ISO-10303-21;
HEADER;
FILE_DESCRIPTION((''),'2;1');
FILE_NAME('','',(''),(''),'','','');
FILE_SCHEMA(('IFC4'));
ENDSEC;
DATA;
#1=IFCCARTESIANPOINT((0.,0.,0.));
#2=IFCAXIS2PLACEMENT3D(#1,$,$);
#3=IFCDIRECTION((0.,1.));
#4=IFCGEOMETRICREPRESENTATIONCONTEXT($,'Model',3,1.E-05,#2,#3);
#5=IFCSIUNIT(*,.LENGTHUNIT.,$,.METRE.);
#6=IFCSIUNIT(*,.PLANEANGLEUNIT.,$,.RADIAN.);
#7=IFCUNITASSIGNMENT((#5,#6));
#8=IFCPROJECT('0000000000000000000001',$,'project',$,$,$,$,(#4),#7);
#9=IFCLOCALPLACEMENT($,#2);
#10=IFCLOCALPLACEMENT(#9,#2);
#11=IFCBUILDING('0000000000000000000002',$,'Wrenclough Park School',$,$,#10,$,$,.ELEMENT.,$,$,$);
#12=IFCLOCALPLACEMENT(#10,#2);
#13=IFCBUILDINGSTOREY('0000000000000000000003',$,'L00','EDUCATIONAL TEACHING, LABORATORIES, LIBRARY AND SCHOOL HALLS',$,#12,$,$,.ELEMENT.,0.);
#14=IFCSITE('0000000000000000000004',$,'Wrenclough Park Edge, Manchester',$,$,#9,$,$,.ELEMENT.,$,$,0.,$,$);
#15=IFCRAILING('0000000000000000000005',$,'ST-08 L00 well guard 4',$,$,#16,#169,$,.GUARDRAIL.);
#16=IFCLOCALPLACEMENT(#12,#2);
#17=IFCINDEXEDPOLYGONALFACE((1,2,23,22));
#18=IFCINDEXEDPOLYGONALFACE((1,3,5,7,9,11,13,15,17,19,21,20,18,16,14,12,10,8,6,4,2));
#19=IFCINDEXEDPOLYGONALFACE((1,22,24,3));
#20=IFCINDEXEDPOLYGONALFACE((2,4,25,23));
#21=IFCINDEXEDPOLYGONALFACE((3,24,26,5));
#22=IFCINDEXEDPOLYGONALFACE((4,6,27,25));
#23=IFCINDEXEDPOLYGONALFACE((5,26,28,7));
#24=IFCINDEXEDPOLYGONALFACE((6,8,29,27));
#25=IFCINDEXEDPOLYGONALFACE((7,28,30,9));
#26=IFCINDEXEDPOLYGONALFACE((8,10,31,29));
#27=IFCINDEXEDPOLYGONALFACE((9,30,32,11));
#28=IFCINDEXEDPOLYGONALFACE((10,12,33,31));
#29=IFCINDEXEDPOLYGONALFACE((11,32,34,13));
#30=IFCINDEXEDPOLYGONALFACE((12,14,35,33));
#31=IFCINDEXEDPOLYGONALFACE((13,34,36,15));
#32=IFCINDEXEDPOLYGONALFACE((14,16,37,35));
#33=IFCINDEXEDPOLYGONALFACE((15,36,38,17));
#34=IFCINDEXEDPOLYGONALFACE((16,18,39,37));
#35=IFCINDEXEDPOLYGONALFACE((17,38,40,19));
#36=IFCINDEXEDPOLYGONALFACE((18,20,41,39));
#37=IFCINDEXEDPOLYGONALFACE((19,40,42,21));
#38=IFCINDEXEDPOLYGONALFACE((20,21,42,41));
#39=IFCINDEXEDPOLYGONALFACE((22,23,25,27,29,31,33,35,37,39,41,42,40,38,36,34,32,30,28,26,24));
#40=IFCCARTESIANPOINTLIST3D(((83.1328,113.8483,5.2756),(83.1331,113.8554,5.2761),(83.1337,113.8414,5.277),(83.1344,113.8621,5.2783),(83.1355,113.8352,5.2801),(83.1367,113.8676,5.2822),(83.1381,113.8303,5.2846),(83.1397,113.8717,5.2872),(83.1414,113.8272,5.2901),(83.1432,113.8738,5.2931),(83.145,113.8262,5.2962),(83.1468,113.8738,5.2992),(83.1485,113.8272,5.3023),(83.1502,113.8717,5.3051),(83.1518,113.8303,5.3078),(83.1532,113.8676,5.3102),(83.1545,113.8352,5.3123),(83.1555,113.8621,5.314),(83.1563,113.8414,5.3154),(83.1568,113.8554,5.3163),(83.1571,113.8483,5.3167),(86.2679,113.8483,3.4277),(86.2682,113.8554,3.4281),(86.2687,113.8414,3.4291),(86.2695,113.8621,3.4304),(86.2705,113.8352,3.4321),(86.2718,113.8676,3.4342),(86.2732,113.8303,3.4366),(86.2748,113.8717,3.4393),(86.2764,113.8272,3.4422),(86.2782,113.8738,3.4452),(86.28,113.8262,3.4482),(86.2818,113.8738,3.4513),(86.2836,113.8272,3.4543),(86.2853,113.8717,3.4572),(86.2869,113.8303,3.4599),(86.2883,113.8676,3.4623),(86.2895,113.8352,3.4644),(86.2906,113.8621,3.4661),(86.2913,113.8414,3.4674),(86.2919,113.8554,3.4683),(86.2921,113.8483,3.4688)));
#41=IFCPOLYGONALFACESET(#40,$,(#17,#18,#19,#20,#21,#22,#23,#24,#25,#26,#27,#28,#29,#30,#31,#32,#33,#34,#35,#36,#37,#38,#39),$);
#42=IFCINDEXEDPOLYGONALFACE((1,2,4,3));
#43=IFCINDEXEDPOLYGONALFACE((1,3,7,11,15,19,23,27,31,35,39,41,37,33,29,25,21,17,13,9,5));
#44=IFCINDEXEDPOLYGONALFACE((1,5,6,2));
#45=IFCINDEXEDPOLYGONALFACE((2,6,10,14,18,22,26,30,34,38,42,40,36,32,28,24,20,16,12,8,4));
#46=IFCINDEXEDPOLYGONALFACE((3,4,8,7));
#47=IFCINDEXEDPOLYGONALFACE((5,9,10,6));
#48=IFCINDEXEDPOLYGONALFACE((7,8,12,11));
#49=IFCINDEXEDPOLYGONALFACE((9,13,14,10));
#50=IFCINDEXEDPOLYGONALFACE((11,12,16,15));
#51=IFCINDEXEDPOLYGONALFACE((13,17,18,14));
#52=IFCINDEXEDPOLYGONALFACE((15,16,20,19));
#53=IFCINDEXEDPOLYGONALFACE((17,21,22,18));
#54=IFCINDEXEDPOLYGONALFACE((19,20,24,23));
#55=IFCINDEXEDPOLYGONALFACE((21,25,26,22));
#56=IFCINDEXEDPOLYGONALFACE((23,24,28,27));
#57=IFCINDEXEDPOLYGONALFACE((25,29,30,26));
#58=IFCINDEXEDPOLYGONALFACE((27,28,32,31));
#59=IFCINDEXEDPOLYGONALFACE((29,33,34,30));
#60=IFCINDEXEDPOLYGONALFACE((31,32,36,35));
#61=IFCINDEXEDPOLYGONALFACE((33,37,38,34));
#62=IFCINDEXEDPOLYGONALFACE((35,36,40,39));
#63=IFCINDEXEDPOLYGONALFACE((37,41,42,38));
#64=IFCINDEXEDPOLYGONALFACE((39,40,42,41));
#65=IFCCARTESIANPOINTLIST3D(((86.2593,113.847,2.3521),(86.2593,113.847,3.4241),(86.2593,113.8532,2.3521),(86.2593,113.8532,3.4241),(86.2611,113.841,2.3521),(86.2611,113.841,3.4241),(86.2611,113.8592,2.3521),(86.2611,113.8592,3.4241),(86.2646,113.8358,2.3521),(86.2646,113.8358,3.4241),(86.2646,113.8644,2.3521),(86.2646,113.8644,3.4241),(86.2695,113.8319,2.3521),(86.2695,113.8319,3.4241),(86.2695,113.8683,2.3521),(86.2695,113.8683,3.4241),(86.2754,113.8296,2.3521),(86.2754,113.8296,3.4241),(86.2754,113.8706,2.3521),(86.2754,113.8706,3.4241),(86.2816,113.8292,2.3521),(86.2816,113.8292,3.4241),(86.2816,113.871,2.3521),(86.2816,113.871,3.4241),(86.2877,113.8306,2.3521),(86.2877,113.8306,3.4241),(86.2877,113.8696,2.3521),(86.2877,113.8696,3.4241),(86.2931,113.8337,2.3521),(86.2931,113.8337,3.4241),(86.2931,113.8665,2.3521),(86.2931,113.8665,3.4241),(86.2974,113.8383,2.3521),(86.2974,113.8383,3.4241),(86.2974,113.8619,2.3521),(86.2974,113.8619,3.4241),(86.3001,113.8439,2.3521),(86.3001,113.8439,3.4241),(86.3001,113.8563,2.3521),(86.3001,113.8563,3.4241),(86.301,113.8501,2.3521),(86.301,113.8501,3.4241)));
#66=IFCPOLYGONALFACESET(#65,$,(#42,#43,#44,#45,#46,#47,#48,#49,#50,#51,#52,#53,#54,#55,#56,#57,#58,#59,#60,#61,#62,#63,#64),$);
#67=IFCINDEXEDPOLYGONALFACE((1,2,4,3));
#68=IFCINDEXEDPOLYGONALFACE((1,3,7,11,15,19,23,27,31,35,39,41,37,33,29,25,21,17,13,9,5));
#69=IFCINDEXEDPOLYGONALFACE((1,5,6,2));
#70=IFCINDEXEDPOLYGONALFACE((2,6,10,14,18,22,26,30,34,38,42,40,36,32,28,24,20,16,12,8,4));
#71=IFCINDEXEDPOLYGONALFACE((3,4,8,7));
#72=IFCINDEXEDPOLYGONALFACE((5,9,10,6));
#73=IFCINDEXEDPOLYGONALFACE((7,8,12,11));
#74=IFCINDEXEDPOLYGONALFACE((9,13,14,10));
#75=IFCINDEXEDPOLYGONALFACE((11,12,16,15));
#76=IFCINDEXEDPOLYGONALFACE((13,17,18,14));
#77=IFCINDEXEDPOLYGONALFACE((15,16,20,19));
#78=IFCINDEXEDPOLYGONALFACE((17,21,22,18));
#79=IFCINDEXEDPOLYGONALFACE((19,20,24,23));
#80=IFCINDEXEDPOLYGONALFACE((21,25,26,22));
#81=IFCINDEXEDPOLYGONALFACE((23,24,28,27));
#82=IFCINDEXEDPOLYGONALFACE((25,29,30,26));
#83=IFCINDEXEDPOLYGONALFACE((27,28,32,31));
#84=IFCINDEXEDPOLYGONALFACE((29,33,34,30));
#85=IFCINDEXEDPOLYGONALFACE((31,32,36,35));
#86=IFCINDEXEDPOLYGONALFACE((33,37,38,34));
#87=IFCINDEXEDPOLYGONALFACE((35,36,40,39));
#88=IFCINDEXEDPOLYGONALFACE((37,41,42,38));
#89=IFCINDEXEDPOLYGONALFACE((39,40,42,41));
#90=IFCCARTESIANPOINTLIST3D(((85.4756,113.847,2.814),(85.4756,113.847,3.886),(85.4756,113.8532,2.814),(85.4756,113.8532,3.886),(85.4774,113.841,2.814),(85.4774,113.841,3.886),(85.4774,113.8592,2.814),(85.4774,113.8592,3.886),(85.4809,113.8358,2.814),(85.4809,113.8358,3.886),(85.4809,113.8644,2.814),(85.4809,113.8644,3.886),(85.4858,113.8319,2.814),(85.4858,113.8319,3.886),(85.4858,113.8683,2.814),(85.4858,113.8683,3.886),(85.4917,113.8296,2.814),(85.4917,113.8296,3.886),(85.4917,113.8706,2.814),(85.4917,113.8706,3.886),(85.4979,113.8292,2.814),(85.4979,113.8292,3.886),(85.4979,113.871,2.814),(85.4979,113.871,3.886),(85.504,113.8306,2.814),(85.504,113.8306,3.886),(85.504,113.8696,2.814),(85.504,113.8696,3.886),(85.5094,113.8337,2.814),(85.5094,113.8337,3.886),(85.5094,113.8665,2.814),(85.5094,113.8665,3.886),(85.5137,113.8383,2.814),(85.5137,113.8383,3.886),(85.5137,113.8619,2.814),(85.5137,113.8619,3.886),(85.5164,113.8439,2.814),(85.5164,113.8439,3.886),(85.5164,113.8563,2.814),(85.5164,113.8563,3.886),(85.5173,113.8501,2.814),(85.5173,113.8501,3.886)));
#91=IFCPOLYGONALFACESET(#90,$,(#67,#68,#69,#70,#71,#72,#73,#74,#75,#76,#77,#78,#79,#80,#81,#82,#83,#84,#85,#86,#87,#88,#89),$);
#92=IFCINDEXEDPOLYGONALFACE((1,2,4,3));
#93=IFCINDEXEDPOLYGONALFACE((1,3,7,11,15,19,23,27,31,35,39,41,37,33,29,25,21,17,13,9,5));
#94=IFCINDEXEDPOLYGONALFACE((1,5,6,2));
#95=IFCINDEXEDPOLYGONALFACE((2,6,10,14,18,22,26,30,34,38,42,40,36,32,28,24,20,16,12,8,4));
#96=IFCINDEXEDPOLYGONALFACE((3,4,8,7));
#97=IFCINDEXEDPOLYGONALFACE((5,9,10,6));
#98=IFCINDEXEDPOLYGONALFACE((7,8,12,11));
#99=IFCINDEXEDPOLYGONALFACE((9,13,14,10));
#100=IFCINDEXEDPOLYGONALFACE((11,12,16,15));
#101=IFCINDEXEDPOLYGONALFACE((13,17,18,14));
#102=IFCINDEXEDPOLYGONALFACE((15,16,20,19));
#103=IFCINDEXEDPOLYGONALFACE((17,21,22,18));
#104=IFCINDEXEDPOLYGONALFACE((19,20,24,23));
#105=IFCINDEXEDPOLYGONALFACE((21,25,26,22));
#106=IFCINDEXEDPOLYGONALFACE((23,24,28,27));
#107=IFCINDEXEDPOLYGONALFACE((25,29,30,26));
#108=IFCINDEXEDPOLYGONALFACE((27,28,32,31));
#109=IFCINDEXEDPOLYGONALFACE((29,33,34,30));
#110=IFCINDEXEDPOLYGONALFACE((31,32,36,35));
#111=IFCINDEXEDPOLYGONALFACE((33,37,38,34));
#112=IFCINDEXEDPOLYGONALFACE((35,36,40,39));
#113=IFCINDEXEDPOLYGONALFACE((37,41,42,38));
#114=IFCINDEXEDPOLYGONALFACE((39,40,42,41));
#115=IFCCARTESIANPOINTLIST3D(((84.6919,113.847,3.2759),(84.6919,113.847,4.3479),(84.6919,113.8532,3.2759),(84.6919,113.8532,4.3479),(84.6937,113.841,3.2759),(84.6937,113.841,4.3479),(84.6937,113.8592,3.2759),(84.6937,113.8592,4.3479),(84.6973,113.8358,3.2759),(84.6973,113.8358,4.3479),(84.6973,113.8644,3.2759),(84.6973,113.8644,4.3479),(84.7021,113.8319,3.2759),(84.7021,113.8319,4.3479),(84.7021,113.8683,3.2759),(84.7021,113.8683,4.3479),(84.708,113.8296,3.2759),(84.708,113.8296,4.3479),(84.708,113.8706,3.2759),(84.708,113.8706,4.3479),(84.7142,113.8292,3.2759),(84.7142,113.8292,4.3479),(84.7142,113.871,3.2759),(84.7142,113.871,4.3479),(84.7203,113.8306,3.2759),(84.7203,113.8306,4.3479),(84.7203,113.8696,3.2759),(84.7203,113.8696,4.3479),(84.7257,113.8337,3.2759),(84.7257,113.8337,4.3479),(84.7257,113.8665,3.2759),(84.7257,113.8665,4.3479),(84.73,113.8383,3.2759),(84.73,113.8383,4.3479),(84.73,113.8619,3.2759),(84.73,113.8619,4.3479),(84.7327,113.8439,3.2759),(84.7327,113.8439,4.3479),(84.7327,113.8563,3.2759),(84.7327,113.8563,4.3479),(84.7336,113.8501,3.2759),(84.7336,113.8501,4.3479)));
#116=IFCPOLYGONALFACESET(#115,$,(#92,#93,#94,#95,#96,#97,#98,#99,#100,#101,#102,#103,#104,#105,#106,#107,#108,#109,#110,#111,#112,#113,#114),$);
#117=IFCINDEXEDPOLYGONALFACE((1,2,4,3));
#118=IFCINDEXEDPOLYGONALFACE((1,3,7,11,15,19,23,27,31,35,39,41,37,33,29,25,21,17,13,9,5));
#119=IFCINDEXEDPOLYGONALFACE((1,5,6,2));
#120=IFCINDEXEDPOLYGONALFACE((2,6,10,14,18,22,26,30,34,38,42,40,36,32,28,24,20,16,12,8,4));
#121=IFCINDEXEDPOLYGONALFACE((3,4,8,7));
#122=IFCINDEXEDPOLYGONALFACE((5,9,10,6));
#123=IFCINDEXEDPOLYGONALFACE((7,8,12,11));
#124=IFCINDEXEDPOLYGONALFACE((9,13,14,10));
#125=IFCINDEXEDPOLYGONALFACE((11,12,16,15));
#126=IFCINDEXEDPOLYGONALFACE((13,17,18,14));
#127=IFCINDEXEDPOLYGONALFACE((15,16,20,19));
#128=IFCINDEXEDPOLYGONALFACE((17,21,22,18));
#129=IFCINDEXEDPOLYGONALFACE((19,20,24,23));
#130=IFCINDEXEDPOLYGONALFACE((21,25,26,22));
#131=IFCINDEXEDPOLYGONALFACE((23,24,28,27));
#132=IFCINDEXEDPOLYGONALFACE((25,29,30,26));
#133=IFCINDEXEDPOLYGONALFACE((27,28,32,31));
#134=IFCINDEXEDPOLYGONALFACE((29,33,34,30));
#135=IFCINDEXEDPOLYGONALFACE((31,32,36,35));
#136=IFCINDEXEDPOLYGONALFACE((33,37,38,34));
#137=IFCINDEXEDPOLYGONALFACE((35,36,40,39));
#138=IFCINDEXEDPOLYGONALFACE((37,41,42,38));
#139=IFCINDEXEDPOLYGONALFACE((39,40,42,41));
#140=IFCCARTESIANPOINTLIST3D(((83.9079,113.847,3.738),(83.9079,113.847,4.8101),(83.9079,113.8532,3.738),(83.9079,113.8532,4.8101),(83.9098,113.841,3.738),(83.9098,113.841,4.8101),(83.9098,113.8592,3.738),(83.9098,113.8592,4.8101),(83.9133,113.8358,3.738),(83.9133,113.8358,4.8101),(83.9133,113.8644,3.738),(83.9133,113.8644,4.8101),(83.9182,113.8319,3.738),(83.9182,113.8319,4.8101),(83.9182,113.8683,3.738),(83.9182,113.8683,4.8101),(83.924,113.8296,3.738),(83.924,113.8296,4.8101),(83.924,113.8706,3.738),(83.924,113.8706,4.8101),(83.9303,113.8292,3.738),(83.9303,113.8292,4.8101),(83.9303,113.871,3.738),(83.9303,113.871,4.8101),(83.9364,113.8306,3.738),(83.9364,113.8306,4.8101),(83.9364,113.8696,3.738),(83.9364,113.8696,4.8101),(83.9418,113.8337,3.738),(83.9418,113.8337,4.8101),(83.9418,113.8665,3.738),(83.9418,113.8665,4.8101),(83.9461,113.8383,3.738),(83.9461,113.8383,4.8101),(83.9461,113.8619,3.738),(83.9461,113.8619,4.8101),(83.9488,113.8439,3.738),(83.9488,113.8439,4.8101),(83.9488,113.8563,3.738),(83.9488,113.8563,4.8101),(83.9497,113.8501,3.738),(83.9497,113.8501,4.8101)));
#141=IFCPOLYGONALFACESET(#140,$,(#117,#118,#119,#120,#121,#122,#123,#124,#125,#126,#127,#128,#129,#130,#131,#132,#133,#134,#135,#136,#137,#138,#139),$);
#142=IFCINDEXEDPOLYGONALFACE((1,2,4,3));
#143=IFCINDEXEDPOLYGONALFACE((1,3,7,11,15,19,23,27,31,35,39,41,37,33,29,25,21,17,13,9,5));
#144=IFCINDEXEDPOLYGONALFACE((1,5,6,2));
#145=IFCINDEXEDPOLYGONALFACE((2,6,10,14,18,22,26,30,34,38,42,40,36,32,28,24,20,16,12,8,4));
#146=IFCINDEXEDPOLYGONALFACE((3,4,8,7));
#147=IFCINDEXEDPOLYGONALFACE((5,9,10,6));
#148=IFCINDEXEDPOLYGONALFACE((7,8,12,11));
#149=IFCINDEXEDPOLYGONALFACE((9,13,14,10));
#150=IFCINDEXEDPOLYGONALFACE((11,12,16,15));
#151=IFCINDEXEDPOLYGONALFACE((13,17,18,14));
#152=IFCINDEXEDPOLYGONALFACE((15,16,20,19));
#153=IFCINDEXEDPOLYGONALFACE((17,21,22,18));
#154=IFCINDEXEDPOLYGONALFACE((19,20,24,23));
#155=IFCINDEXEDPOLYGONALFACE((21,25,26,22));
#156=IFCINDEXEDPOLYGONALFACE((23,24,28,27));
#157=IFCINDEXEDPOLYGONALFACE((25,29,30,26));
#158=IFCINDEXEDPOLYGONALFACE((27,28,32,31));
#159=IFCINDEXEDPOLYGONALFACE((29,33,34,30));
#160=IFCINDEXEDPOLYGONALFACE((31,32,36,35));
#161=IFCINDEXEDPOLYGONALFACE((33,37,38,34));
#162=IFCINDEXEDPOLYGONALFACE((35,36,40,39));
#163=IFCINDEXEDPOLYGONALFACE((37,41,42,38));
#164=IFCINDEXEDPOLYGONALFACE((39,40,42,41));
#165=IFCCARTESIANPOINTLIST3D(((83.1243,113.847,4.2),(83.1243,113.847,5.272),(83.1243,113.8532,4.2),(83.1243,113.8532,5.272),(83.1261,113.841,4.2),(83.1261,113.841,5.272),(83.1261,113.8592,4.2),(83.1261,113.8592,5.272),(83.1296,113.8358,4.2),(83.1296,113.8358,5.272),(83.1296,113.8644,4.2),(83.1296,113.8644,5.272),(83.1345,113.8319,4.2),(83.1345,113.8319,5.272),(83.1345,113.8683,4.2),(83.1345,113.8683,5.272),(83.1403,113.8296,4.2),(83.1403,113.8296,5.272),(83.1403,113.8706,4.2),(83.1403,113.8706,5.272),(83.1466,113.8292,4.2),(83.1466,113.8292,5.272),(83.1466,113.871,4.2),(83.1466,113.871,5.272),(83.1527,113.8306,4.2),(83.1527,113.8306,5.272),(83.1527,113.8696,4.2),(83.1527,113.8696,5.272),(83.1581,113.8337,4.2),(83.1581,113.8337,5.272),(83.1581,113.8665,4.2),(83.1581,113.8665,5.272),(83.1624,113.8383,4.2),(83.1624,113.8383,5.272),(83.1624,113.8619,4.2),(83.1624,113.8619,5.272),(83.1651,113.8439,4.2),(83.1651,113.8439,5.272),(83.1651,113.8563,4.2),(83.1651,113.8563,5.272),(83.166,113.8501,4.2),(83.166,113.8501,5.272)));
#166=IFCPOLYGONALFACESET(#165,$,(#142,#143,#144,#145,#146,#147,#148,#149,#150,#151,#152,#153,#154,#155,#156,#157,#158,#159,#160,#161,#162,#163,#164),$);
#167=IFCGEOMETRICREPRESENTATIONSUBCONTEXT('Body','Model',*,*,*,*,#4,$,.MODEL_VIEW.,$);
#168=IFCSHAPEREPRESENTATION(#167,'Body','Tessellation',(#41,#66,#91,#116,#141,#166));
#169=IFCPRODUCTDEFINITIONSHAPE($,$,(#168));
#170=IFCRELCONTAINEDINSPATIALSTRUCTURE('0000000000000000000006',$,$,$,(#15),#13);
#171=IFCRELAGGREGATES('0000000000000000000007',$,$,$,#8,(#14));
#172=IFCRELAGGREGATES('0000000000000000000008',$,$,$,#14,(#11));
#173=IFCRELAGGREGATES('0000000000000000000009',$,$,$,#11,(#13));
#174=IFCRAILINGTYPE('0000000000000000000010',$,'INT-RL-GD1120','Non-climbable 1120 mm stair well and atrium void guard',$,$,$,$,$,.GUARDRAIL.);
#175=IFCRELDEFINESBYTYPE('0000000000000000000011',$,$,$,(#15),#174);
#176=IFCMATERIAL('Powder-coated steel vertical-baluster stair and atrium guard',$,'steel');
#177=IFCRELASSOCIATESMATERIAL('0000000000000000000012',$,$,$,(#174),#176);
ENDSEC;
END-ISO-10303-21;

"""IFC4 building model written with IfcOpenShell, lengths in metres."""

from ifc_helpers import new_model, si_unit, direction, frame, origin, origin_2d, place, context, subcontext, project, spatial, circle, extrude, material, type_object, element, save


model = new_model("IFC4")

# Units and contexts
model_context = context("Model", 3, precision=1e-05, world=origin(), true_north=direction((0.0, 1.0)))
body_context = subcontext(model_context, "Body", "Model", "MODEL_VIEW")
ifc_project = project(units=[si_unit("LENGTHUNIT", "METRE"), si_unit("PLANEANGLEUNIT", "RADIAN")], contexts=[model_context])

# Site, building, storey
site_placement = place(None, origin())
site = spatial("IfcSite", under=ifc_project, at=site_placement, Name="Wrenclough Park Edge, Manchester", CompositionType="ELEMENT", RefElevation=0.0)
building_placement = place(site_placement, origin())
building = spatial("IfcBuilding", under=site, at=building_placement, Name="Wrenclough Park School", CompositionType="ELEMENT")
storey_placement = place(building_placement, origin())
storey = spatial("IfcBuildingStorey", under=building, at=storey_placement, Name="L00", Description="EDUCATIONAL TEACHING, LABORATORIES, LIBRARY AND SCHOOL HALLS", CompositionType="ELEMENT", Elevation=0.0)

# Railing
ifc_material_1 = material(Name="Powder-coated steel vertical-baluster stair and atrium guard", Category="steel")
railing_type_1 = type_object("IfcRailingType", Name="INT-RL-GD1120", Description="Non-climbable 1120 mm stair well and atrium void guard", PredefinedType="GUARDRAIL", material=ifc_material_1)
railing_1_placement = place(storey_placement, frame((86.28, 113.8501, 2.3521)))
element("IfcRailing", 1, at=railing_1_placement, inside=storey, type_object=railing_type_1, Name="ST-08 L00 well guard 4", PredefinedType="GUARDRAIL", context=body_context, shape_type="SweptSolid", body=[
    extrude(circle(Radius=0.0239, at=origin_2d()), frame((0.0, 0.0, 1.0962), z_axis=(-0.86148, 0.0, 0.507791), x_axis=(0.0, -1.0, 0.0)), (0.0, 0.0, 1.0), 3.6392),
    extrude(circle(Radius=0.021, at=origin_2d()), origin(), (0.0, 0.0, 1.0), 1.072),
    extrude(circle(Radius=0.021, at=origin_2d()), frame((-0.7837, 0.0, 0.4619)), (0.0, 0.0, 1.0), 1.072),
    extrude(circle(Radius=0.021, at=origin_2d()), frame((-1.5674, 0.0, 0.9238)), (0.0, 0.0, 1.0), 1.072),
    extrude(circle(Radius=0.021, at=origin_2d()), frame((-2.3513, 0.0, 1.386)), (0.0, 0.0, 1.0), 1.072),
    extrude(circle(Radius=0.021, at=origin_2d()), frame((-3.135, 0.0, 1.8479)), (0.0, 0.0, 1.0), 1.072),
])

save(model, "model.ifc")
